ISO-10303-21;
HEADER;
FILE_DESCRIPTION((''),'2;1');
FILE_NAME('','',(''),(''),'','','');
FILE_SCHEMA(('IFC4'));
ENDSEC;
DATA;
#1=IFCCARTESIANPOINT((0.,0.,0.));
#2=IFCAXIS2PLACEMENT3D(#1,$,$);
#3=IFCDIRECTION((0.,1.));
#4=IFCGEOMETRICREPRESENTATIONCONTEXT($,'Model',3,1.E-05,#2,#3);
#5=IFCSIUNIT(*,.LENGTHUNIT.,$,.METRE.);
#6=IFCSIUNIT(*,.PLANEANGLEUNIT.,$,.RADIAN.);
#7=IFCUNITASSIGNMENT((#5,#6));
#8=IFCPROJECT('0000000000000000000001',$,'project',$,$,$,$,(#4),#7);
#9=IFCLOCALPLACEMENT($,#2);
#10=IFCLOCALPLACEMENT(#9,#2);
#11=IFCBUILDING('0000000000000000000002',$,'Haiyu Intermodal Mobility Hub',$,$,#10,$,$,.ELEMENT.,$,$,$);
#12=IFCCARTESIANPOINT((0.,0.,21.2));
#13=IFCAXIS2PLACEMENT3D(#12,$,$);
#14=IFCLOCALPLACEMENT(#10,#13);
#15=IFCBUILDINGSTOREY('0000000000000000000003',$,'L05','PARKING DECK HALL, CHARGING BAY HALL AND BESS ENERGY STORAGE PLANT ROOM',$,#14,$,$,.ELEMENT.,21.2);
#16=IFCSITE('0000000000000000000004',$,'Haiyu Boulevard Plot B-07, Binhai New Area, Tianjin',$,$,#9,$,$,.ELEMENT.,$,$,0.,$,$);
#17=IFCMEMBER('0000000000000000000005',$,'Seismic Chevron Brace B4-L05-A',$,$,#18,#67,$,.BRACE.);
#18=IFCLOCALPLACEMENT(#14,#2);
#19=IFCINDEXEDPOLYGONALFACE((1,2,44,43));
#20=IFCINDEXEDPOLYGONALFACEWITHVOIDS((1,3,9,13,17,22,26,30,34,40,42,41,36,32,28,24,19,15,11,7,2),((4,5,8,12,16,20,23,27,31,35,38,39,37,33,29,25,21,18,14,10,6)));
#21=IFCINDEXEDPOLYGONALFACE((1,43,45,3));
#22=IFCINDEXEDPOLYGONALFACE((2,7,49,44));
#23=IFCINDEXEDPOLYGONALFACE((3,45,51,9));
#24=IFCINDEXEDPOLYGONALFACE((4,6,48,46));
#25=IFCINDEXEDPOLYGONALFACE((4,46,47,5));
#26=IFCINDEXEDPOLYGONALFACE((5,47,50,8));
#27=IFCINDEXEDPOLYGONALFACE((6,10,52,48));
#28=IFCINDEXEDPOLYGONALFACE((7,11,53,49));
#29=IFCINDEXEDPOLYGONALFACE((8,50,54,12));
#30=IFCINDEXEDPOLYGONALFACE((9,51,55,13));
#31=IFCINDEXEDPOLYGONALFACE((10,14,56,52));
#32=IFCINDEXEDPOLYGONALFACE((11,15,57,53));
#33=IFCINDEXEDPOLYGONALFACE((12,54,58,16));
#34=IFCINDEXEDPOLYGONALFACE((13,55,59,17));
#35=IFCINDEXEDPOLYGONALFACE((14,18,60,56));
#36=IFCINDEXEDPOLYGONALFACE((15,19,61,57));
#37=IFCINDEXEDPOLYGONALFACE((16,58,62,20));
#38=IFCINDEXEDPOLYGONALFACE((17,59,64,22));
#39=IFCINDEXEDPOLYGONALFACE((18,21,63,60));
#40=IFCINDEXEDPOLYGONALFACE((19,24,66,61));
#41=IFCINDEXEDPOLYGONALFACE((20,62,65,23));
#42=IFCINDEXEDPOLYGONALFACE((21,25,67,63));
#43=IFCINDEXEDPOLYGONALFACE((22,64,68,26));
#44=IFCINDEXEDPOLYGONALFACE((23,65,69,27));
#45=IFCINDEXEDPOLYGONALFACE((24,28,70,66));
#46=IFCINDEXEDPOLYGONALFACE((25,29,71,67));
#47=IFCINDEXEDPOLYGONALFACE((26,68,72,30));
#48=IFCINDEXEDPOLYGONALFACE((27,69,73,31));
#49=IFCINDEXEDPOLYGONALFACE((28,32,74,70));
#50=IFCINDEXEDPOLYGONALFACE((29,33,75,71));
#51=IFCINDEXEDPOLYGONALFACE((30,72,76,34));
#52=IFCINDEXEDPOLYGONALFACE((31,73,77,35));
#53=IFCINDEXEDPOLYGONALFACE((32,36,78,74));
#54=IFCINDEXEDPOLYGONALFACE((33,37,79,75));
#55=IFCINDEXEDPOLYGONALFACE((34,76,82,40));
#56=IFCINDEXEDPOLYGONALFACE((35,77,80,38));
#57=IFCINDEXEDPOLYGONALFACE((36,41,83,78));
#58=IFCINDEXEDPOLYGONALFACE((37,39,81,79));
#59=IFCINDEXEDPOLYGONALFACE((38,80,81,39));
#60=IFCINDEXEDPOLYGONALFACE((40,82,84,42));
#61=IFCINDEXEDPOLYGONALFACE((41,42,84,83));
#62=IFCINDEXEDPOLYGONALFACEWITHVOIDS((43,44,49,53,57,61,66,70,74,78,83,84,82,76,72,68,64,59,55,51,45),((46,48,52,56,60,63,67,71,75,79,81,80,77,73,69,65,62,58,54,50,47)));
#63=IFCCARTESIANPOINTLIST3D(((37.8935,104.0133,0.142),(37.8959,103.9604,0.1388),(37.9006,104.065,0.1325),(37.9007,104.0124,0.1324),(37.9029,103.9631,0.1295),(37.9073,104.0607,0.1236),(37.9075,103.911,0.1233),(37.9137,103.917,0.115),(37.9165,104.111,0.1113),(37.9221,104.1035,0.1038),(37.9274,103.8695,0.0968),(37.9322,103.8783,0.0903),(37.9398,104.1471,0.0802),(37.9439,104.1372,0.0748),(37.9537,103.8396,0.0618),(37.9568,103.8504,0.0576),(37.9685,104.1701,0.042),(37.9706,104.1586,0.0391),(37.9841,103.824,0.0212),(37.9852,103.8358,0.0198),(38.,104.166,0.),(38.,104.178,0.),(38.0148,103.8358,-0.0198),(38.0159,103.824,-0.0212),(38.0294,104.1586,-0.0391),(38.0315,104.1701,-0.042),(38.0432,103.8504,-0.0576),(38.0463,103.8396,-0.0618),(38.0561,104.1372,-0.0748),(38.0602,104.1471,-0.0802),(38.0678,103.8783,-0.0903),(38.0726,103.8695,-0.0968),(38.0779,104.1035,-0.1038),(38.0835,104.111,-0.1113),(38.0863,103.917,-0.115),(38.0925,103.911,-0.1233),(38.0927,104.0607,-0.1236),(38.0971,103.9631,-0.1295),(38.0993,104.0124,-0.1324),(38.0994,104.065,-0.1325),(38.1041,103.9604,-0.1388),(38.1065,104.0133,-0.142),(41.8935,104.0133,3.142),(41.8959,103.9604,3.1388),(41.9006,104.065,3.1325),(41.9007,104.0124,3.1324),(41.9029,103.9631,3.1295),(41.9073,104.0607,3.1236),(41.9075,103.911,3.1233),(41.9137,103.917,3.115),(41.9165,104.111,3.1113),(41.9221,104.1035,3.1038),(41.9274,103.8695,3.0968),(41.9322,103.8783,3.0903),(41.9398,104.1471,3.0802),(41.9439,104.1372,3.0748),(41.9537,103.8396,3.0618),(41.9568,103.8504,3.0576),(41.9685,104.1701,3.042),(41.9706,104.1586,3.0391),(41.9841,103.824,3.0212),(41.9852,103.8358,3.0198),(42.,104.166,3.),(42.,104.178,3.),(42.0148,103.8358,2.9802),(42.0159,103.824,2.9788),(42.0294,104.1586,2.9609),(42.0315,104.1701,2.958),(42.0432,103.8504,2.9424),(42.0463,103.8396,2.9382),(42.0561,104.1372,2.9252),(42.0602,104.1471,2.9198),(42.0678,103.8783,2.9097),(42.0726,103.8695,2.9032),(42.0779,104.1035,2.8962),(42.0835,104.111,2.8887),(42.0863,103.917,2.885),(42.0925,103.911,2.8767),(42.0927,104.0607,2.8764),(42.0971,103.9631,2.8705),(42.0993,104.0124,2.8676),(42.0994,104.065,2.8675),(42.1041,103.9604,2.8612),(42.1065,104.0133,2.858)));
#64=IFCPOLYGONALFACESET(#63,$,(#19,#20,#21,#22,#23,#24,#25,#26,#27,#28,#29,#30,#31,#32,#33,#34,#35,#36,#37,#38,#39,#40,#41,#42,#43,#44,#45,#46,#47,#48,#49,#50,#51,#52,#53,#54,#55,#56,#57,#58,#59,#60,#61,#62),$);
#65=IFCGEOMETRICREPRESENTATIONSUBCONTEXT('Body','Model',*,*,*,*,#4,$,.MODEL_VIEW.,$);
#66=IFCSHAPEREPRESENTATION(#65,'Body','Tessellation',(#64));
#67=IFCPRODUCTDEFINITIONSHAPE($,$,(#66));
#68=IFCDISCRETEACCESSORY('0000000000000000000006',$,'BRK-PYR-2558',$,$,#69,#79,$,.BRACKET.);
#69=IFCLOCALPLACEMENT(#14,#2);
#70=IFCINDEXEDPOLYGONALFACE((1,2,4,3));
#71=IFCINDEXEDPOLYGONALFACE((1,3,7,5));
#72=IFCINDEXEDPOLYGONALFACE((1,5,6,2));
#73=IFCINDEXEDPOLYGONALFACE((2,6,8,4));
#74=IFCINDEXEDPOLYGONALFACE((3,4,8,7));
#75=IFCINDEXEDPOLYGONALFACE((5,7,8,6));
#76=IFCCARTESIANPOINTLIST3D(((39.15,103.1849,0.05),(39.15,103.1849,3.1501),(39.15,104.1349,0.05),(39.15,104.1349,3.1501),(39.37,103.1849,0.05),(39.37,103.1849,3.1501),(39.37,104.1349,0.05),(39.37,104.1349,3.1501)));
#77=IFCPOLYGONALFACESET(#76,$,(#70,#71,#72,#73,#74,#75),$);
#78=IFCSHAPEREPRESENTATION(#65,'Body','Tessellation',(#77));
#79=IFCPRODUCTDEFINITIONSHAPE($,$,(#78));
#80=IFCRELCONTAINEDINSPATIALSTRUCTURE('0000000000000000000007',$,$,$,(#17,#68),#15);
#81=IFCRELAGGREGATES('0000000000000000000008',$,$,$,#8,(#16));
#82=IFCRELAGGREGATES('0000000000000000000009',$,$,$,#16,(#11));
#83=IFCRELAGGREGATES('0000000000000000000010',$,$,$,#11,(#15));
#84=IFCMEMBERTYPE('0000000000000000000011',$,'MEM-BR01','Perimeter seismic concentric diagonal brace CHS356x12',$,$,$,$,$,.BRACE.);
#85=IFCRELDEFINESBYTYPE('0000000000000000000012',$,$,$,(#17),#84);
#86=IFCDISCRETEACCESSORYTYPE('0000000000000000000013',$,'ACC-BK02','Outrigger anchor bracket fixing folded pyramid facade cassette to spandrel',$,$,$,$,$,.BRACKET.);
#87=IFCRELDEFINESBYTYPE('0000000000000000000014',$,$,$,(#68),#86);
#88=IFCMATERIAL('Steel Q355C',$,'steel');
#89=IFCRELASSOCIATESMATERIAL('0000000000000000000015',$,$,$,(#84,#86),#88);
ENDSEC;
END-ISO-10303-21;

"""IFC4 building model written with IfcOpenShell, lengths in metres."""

from ifc_helpers import new_model, si_unit, direction, frame, origin, origin_2d, place, context, subcontext, project, spatial, rectangle, hollow_circle, extrude, material, material_profile, profile_set, type_object, element, save


model = new_model("IFC4")

# Units and contexts
model_context = context("Model", 3, precision=1e-05, world=origin(), true_north=direction((0.0, 1.0)))
body_context = subcontext(model_context, "Body", "Model", "MODEL_VIEW")
ifc_project = project(units=[si_unit("LENGTHUNIT", "METRE"), si_unit("PLANEANGLEUNIT", "RADIAN")], contexts=[model_context])

# Site, building, storey
site_placement = place(None, origin())
site = spatial("IfcSite", under=ifc_project, at=site_placement, Name="Haiyu Boulevard Plot B-07, Binhai New Area, Tianjin", CompositionType="ELEMENT", RefElevation=0.0)
building_placement = place(site_placement, origin())
building = spatial("IfcBuilding", under=site, at=building_placement, Name="Haiyu Intermodal Mobility Hub", CompositionType="ELEMENT")
storey_placement = place(building_placement, frame((0.0, 0.0, 21.2)))
storey = spatial("IfcBuildingStorey", under=building, at=storey_placement, Name="L05", Description="PARKING DECK HALL, CHARGING BAY HALL AND BESS ENERGY STORAGE PLANT ROOM", CompositionType="ELEMENT", Elevation=21.2)

# Member
ifc_material_1 = material(Name="Steel Q355C", Category="steel")
ifc_material_profile_1 = material_profile(ifc_material_1, hollow_circle(Radius=0.178, WallThickness=0.012, at=origin_2d()), Name="CHS356x12")
ifc_profile_set_1 = profile_set([ifc_material_profile_1], Name="Steel Q355C")
member_type = type_object("IfcMemberType", Name="MEM-BR01", Description="Perimeter seismic concentric diagonal brace CHS356x12", PredefinedType="BRACE", material=ifc_profile_set_1)
member_placement = place(storey_placement, frame((38.0, 104.0, 0.0), z_axis=(0.8, 0.0, 0.6), x_axis=(0.0, 1.0, 0.0)))
element("IfcMember", 1, at=member_placement, inside=storey, type_object=member_type, Name="Seismic Chevron Brace B4-L05-A", PredefinedType="BRACE", context=body_context, shape_type="SweptSolid", body=[
    extrude(hollow_circle(Radius=0.178, WallThickness=0.012, at=origin_2d()), origin(), (0.0, 0.0, 1.0), 5.0),
])

# Discrete accessory
discrete_accessory_type = type_object("IfcDiscreteAccessoryType", Name="ACC-BK02", Description="Outrigger anchor bracket fixing folded pyramid facade cassette to spandrel", PredefinedType="BRACKET", material=ifc_material_1)
discrete_accessory_placement = place(storey_placement, frame((39.26, 103.6599, 0.05), z_axis=(0.0, 0.0, 1.0), x_axis=(1.0, 0.0, 0.0)))
element("IfcDiscreteAccessory", 2, at=discrete_accessory_placement, inside=storey, type_object=discrete_accessory_type, Name="BRK-PYR-2558", PredefinedType="BRACKET", context=body_context, shape_type="SweptSolid", body=[
    extrude(rectangle(XDim=0.22, YDim=0.95, at=origin_2d()), origin(), (0.0, 0.0, 1.0), 3.1001),
])

save(model, "model.ifc")
